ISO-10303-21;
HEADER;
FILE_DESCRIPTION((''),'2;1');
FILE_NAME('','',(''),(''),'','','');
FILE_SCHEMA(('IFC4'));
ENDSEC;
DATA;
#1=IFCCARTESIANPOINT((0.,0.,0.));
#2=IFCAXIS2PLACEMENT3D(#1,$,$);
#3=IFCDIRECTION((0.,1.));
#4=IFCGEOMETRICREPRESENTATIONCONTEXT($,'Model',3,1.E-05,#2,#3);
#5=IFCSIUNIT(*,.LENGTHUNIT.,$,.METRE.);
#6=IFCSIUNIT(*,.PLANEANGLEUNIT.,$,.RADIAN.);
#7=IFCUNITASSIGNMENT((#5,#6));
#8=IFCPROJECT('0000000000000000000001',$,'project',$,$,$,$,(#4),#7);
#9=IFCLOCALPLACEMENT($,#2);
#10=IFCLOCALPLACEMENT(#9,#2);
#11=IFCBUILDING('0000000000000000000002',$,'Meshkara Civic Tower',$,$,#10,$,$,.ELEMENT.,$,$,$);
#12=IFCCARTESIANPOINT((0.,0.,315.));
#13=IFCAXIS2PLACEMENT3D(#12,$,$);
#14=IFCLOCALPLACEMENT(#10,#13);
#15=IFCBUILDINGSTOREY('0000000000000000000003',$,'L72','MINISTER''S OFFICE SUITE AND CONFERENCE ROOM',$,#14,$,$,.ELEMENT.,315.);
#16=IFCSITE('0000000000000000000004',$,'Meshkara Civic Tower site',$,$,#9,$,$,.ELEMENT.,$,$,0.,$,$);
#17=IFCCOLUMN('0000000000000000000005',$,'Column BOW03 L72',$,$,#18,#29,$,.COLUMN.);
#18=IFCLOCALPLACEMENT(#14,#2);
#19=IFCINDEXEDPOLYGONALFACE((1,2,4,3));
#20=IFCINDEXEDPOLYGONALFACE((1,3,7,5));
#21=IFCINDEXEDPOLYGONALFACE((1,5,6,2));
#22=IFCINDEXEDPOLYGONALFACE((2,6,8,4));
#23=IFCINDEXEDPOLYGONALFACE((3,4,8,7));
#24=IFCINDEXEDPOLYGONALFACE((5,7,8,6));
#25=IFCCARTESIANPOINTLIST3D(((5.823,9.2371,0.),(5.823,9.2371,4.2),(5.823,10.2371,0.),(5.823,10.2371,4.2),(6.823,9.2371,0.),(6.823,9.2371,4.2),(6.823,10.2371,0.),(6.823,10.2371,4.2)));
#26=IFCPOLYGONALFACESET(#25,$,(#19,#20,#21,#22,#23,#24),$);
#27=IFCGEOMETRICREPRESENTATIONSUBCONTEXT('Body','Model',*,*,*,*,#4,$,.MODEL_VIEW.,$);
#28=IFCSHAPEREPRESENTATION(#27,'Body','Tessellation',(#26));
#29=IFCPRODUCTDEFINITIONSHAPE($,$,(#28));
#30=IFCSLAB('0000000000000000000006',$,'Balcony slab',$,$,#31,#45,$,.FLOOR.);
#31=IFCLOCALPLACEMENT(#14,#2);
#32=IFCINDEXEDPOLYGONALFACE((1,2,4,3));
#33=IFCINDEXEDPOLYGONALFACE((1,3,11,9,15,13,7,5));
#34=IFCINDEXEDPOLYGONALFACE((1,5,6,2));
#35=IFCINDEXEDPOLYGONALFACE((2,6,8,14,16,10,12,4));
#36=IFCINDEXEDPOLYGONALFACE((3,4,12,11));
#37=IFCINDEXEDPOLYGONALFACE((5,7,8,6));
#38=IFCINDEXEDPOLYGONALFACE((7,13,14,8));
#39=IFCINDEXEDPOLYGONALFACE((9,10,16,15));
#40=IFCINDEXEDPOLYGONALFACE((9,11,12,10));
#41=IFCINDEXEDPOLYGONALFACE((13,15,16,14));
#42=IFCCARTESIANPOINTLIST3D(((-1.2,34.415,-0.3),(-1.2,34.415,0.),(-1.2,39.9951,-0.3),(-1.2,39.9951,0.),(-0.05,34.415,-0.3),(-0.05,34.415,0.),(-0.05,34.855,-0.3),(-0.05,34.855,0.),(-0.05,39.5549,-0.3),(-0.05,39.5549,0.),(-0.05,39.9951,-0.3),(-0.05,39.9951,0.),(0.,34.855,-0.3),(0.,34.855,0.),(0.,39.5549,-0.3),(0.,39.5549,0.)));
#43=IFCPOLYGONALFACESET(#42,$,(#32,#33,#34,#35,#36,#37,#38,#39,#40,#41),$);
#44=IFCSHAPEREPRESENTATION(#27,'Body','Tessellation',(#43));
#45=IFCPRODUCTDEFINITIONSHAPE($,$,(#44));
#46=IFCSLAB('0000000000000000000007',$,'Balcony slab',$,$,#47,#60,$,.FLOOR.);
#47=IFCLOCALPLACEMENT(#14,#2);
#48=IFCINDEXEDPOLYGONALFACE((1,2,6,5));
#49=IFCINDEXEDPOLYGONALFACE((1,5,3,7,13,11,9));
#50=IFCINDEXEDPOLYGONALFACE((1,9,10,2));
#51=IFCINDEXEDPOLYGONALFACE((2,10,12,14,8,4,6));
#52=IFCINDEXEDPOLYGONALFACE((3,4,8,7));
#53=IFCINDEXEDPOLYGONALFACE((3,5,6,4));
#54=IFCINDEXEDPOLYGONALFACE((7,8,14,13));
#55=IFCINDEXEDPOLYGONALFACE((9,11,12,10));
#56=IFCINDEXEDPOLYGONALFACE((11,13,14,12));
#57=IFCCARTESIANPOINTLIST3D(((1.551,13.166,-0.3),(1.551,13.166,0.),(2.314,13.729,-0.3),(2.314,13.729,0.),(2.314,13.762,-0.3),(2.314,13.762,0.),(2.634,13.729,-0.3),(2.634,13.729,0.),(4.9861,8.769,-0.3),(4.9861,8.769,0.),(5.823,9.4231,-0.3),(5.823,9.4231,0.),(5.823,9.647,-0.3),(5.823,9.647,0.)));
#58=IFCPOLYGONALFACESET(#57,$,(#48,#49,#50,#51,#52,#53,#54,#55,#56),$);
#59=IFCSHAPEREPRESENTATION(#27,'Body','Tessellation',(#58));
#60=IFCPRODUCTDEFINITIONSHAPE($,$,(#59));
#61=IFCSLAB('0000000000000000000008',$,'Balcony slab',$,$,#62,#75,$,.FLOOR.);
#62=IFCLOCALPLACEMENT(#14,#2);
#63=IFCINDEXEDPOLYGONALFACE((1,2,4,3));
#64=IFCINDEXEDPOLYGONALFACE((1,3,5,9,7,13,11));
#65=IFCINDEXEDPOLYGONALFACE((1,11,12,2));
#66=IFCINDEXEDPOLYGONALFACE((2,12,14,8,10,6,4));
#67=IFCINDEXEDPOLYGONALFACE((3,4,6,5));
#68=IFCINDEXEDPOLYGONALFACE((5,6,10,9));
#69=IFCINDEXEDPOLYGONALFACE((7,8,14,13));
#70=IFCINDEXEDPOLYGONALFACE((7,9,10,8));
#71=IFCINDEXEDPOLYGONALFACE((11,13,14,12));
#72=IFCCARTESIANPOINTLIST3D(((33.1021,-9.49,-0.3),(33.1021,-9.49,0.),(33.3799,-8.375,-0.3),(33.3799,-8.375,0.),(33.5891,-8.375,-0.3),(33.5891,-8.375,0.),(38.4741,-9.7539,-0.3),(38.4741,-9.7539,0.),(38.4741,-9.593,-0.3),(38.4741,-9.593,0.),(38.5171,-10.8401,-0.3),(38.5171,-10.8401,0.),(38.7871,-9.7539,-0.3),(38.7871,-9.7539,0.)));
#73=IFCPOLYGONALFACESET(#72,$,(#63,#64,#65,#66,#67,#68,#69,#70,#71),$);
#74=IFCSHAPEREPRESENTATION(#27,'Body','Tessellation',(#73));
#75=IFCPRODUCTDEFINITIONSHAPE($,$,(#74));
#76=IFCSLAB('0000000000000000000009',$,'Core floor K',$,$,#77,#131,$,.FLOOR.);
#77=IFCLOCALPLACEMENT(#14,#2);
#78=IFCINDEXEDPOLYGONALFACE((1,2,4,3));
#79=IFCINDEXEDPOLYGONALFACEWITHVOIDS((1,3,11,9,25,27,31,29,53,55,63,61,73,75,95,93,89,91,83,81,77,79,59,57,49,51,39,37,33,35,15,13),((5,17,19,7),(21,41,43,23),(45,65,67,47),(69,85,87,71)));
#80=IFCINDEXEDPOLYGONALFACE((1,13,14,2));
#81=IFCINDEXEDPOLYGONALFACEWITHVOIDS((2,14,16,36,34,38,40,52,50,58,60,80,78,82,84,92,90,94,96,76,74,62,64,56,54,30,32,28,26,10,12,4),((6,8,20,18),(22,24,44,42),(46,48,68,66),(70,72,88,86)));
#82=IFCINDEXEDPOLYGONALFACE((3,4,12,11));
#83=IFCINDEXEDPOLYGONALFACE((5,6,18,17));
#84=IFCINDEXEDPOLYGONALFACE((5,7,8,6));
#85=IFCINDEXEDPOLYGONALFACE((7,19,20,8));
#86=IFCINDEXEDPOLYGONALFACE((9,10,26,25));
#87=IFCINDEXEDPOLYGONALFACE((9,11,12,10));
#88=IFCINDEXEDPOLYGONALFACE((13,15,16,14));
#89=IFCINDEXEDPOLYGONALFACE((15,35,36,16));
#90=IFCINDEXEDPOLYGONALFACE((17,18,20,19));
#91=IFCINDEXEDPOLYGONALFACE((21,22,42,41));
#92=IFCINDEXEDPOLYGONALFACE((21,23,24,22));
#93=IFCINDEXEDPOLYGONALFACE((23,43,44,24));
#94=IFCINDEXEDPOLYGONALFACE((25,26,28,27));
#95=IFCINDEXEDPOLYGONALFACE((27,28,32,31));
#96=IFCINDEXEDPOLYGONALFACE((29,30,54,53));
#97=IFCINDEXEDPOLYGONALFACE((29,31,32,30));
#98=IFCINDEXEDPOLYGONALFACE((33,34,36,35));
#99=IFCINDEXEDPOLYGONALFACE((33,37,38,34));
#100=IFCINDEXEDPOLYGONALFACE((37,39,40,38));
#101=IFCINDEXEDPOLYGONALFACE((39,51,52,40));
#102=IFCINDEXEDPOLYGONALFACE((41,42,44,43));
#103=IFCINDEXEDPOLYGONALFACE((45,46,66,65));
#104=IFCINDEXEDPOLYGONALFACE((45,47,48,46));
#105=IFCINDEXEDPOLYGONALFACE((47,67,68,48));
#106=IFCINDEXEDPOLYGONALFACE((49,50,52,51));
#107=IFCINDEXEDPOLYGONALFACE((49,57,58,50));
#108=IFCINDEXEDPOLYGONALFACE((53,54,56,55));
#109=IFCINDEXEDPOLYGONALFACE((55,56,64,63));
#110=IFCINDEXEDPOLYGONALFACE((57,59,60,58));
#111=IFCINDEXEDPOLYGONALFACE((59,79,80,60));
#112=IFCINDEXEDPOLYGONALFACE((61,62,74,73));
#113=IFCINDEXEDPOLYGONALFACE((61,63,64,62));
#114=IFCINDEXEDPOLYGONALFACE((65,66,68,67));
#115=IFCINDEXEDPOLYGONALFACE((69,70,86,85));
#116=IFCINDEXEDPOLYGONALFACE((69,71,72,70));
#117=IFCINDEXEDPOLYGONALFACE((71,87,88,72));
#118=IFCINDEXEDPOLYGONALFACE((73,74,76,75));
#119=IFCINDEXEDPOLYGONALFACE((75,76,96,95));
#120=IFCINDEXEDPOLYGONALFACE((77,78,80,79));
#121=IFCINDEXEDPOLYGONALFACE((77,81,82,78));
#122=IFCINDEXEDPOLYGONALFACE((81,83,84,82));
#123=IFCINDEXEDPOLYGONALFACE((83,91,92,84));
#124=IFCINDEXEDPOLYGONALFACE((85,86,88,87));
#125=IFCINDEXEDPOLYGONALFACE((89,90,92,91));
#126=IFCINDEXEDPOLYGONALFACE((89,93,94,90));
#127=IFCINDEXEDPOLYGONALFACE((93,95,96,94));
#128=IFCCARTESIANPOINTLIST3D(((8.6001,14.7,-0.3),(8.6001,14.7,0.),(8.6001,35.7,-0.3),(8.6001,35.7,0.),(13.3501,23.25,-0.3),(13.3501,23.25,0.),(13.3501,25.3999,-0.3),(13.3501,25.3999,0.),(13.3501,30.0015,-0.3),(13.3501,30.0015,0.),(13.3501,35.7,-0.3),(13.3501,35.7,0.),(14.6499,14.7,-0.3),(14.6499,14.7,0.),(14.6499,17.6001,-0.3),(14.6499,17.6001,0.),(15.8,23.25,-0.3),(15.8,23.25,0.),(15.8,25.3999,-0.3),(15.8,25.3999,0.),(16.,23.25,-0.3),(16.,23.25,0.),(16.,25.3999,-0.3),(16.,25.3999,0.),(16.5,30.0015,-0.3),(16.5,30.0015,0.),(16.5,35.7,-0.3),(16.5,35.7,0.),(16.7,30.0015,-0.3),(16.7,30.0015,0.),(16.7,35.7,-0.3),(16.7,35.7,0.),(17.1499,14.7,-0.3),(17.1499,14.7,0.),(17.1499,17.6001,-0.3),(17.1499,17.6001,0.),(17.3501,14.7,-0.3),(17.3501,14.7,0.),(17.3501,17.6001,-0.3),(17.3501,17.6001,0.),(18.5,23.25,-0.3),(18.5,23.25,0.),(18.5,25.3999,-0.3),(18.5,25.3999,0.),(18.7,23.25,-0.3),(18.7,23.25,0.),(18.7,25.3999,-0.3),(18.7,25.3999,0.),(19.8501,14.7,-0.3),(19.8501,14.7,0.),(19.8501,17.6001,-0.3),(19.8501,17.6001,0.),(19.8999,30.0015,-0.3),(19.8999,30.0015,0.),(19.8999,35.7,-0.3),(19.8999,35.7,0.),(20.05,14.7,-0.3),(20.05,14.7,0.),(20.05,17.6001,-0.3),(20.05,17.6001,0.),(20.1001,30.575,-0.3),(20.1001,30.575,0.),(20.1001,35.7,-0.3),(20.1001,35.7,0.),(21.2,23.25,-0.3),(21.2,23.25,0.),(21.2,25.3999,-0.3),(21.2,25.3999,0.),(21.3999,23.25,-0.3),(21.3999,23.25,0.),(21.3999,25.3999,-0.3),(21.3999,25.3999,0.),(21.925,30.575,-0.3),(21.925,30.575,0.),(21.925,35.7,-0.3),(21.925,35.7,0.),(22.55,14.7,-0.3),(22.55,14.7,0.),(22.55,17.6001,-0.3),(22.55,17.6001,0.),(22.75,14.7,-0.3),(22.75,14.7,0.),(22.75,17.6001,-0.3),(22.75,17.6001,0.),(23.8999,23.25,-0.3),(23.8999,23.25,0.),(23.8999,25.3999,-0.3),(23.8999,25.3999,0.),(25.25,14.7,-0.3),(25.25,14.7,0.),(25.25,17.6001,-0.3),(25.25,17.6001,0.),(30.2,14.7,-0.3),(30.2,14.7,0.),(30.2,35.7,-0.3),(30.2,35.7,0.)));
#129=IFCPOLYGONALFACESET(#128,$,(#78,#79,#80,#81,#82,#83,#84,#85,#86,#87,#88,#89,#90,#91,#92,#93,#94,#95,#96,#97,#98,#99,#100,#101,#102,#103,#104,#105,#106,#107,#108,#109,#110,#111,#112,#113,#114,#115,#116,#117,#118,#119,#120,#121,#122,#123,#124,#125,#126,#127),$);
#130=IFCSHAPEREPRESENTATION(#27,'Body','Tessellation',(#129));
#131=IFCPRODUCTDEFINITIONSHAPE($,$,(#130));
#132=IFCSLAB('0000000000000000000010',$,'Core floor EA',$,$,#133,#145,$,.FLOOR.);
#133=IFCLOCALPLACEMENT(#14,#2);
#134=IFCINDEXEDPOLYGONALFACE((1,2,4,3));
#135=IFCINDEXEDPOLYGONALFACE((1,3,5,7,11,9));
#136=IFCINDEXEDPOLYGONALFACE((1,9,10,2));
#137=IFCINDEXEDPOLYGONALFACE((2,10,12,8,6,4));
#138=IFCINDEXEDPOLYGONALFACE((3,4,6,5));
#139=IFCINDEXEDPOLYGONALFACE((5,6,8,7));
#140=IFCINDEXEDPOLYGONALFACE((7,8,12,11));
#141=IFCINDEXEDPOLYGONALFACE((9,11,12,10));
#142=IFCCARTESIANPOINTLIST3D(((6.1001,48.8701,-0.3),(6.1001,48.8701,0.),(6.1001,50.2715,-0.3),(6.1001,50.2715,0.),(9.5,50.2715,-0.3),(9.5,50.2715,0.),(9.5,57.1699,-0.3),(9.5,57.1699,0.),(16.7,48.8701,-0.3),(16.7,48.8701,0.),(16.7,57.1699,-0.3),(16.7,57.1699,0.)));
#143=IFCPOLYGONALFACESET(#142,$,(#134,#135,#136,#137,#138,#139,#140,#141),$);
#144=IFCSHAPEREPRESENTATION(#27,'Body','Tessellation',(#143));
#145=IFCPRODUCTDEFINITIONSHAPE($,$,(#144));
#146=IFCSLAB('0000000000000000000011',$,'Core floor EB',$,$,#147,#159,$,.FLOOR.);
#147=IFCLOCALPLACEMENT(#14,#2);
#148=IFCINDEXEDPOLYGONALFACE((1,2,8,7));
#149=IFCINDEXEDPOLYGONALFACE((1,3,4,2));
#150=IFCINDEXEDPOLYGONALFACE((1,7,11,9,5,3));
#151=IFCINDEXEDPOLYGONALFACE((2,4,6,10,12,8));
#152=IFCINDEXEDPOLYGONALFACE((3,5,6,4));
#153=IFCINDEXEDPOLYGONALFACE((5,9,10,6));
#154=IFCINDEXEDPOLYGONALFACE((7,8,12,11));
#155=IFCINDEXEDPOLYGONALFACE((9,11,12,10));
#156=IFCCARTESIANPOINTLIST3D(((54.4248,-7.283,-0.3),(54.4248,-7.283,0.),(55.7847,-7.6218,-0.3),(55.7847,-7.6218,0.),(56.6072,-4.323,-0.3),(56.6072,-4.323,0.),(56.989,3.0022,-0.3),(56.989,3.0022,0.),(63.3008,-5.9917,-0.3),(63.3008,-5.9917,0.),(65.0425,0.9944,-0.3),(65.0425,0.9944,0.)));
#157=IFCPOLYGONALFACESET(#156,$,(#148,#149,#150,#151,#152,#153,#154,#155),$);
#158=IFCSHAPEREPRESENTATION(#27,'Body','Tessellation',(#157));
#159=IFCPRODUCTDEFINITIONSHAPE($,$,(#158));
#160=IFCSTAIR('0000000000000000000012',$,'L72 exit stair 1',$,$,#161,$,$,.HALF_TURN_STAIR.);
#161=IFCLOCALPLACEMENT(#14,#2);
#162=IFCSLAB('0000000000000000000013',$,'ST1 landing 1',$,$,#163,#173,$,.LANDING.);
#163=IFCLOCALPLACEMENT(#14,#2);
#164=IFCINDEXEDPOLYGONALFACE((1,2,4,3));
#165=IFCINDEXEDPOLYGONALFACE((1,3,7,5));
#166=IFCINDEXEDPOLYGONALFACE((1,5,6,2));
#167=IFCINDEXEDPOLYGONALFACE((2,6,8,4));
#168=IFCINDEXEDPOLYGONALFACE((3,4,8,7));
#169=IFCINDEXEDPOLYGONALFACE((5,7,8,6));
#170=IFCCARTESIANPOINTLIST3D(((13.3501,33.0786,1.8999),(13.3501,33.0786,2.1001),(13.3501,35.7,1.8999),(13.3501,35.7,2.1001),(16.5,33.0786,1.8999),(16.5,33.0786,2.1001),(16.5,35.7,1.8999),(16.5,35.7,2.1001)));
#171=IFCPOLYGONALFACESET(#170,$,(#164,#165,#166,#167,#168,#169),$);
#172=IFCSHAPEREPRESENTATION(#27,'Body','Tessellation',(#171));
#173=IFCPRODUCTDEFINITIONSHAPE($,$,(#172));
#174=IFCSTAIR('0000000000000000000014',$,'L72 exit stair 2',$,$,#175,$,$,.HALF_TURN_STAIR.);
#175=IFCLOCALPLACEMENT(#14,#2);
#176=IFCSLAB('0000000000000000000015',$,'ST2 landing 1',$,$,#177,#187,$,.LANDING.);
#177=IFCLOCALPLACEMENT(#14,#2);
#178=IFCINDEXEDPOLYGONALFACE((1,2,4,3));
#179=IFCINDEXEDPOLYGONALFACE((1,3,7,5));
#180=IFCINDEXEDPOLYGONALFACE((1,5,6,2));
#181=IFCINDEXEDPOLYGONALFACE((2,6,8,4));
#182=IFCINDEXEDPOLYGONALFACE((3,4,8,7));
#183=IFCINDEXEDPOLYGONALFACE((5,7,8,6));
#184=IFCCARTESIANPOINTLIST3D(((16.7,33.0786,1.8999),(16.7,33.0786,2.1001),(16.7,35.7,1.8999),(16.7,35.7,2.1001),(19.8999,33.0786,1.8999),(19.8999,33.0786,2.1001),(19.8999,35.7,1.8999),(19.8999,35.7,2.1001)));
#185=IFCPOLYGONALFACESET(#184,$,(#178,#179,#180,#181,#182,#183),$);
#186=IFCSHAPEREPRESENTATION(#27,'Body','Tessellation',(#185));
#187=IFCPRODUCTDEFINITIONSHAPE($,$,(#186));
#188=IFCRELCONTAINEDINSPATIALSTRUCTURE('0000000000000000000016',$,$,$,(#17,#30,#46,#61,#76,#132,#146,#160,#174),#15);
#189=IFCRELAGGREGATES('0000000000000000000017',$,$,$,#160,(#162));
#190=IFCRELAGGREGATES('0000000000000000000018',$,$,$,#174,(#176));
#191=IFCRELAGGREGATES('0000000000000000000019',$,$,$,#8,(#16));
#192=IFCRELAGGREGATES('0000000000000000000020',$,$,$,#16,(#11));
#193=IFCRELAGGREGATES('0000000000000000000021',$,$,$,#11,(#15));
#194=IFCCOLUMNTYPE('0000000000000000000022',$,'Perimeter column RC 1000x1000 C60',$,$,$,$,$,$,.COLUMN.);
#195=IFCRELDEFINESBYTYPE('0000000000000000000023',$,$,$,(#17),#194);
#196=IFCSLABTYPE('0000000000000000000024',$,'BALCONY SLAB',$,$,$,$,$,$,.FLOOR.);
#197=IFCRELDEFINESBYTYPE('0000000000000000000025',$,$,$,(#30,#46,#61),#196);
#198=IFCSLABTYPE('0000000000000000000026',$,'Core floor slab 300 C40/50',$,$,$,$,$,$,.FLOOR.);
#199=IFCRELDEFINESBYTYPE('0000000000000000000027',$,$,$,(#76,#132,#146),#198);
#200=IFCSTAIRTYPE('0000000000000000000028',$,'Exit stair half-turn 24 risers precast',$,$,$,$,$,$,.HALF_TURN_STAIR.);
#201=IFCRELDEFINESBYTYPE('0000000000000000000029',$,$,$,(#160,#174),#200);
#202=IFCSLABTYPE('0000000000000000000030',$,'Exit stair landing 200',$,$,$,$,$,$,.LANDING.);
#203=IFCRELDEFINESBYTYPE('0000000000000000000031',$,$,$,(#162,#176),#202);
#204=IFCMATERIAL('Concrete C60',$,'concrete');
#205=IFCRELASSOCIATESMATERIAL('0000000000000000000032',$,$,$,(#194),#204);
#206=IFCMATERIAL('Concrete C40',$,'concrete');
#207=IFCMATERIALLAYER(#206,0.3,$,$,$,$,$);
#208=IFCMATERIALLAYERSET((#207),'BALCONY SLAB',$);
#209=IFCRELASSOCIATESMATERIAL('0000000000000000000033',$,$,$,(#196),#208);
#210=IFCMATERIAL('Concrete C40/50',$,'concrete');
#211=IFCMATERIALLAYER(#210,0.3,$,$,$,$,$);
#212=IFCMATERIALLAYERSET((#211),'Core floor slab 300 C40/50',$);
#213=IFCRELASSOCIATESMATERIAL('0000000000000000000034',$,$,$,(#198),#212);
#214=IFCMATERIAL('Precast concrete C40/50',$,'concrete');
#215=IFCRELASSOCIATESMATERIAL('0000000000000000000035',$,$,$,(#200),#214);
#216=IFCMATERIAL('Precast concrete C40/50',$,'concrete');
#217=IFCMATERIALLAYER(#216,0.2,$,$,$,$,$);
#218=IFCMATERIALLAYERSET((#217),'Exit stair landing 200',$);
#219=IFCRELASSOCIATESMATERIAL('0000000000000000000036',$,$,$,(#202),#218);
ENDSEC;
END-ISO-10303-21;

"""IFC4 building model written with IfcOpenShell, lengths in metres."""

from ifc_helpers import new_model, si_unit, direction, frame, origin, origin_2d, place, context, subcontext, project, spatial, polyline, rectangle, outline, extrude, material, layer, layer_set, material_profile, profile_set, type_object, element, aggregate, save


model = new_model("IFC4")

# Units and contexts
model_context = context("Model", 3, precision=1e-05, world=origin(), true_north=direction((0.0, 1.0)))
body_context = subcontext(model_context, "Body", "Model", "MODEL_VIEW")
ifc_project = project(units=[si_unit("LENGTHUNIT", "METRE"), si_unit("PLANEANGLEUNIT", "RADIAN")], contexts=[model_context])

# Site, building, storey
site_placement = place(None, origin())
site = spatial("IfcSite", under=ifc_project, at=site_placement, Name="Meshkara Civic Tower site", CompositionType="ELEMENT", RefElevation=0.0)
building_placement = place(site_placement, origin())
building = spatial("IfcBuilding", under=site, at=building_placement, Name="Meshkara Civic Tower", CompositionType="ELEMENT")
storey_placement = place(building_placement, frame((0.0, 0.0, 315.0)))
storey = spatial("IfcBuildingStorey", under=building, at=storey_placement, Name="L72", Description="MINISTER'S OFFICE SUITE AND CONFERENCE ROOM", CompositionType="ELEMENT", Elevation=315.0)

# Column
ifc_material_1 = material(Name="Concrete C60", Category="concrete")
ifc_material_profile = material_profile(ifc_material_1, rectangle(XDim=1.0, YDim=1.0, at=origin_2d()))
ifc_profile_set = profile_set([ifc_material_profile], Name="Concrete C60")
column_type = type_object("IfcColumnType", Name="Perimeter column RC 1000x1000 C60", PredefinedType="COLUMN", material=ifc_profile_set)
column_placement = place(storey_placement, frame((6.323, 9.7371, 0.0), z_axis=(0.0, 0.0, 1.0), x_axis=(1.0, 0.0, 0.0)))
element("IfcColumn", 1, at=column_placement, inside=storey, type_object=column_type, Name="Column BOW03 L72", PredefinedType="COLUMN", context=body_context, shape_type="SweptSolid", body=[
    extrude(rectangle(XDim=1.0, YDim=1.0, at=origin_2d()), origin(), (0.0, 0.0, 1.0), 4.2),
])

# Slabs
ifc_material_2 = material(Name="Concrete C40", Category="concrete")
ifc_layer_1 = layer(ifc_material_2, 0.3)
ifc_layer_set_1 = layer_set([ifc_layer_1], Name="BALCONY SLAB")
slab_type_1 = type_object("IfcSlabType", Name="BALCONY SLAB", PredefinedType="FLOOR", material=ifc_layer_set_1)
slab_1_placement = place(storey_placement, frame((0.0, 0.0, -0.3)))
element("IfcSlab", 2, at=slab_1_placement, inside=storey, type_object=slab_type_1, Name="Balcony slab", PredefinedType="FLOOR", context=body_context, shape_type="SweptSolid", body=[
    extrude(outline(polyline([(-1.2, 34.415), (-1.2, 39.9951), (-0.05, 39.9951), (-0.05, 39.5549), (0.0, 39.5549), (0.0, 34.855), (-0.05, 34.855), (-0.05, 34.415), (-1.2, 34.415)])), origin(), (0.0, 0.0, 1.0), 0.3),
])
slab_2_placement = place(storey_placement, frame((0.0, 0.0, -0.3)))
element("IfcSlab", 3, at=slab_2_placement, inside=storey, type_object=slab_type_1, Name="Balcony slab", PredefinedType="FLOOR", context=body_context, shape_type="SweptSolid", body=[
    extrude(outline(polyline([(4.9861, 8.769), (1.551, 13.166), (2.314, 13.762), (2.314, 13.729), (2.634, 13.729), (5.823, 9.647), (5.823, 9.4231), (4.9861, 8.769)])), origin(), (0.0, 0.0, 1.0), 0.3),
])
slab_3_placement = place(storey_placement, frame((0.0, 0.0, -0.3)))
element("IfcSlab", 4, at=slab_3_placement, inside=storey, type_object=slab_type_1, Name="Balcony slab", PredefinedType="FLOOR", context=body_context, shape_type="SweptSolid", body=[
    extrude(outline(polyline([(38.5171, -10.8401), (33.1021, -9.49), (33.3799, -8.375), (33.5891, -8.375), (38.4741, -9.593), (38.4741, -9.7539), (38.7871, -9.7539), (38.5171, -10.8401)])), origin(), (0.0, 0.0, 1.0), 0.3),
])
ifc_material_3 = material(Name="Concrete C40/50", Category="concrete")
ifc_layer_2 = layer(ifc_material_3, 0.3)
ifc_layer_set_2 = layer_set([ifc_layer_2], Name="Core floor slab 300 C40/50")
slab_type_2 = type_object("IfcSlabType", Name="Core floor slab 300 C40/50", PredefinedType="FLOOR", material=ifc_layer_set_2)
slab_4_placement = place(storey_placement, frame((0.0, 0.0, -0.3)))
element("IfcSlab", 5, at=slab_4_placement, inside=storey, type_object=slab_type_2, Name="Core floor K", PredefinedType="FLOOR", context=body_context, shape_type="SweptSolid", body=[
    extrude(outline(polyline([(8.6001, 35.7), (13.3501, 35.7), (13.3501, 30.0015), (16.5, 30.0015), (16.5, 35.7), (16.7, 35.7), (16.7, 30.0015), (19.8999, 30.0015), (19.8999, 35.7), (20.1001, 35.7), (20.1001, 30.575), (21.925, 30.575), (21.925, 35.7), (30.2, 35.7), (30.2, 14.7), (25.25, 14.7), (25.25, 17.6001), (22.75, 17.6001), (22.75, 14.7), (22.55, 14.7), (22.55, 17.6001), (20.05, 17.6001), (20.05, 14.7), (19.8501, 14.7), (19.8501, 17.6001), (17.3501, 17.6001), (17.3501, 14.7), (17.1499, 14.7), (17.1499, 17.6001), (14.6499, 17.6001), (14.6499, 14.7), (8.6001, 14.7), (8.6001, 35.7)]), holes=[polyline([(13.3501, 23.25), (15.8, 23.25), (15.8, 25.3999), (13.3501, 25.3999), (13.3501, 23.25)]), polyline([(18.5, 23.25), (18.5, 25.3999), (16.0, 25.3999), (16.0, 23.25), (18.5, 23.25)]), polyline([(18.7, 23.25), (21.2, 23.25), (21.2, 25.3999), (18.7, 25.3999), (18.7, 23.25)]), polyline([(21.3999, 23.25), (23.8999, 23.25), (23.8999, 25.3999), (21.3999, 25.3999), (21.3999, 23.25)])]), origin(), (0.0, 0.0, 1.0), 0.3),
])
slab_5_placement = place(storey_placement, frame((0.0, 0.0, -0.3)))
element("IfcSlab", 6, at=slab_5_placement, inside=storey, type_object=slab_type_2, Name="Core floor EA", PredefinedType="FLOOR", context=body_context, shape_type="SweptSolid", body=[
    extrude(outline(polyline([(16.7, 48.8701), (16.7, 57.1699), (9.5, 57.1699), (9.5, 50.2715), (6.1001, 50.2715), (6.1001, 48.8701), (16.7, 48.8701)])), origin(), (0.0, 0.0, 1.0), 0.3),
])
slab_6_placement = place(storey_placement, frame((0.0, 0.0, -0.3)))
element("IfcSlab", 7, at=slab_6_placement, inside=storey, type_object=slab_type_2, Name="Core floor EB", PredefinedType="FLOOR", context=body_context, shape_type="SweptSolid", body=[
    extrude(outline(polyline([(56.989, 3.0022), (65.0425, 0.9944), (63.3008, -5.9917), (56.6072, -4.323), (55.7847, -7.6218), (54.4248, -7.283), (56.989, 3.0022)])), origin(), (0.0, 0.0, 1.0), 0.3),
])

# Stairs, slabs
ifc_material_4 = material(Name="Precast concrete C40/50", Category="concrete")
stair_type = type_object("IfcStairType", Name="Exit stair half-turn 24 risers precast", PredefinedType="HALF_TURN_STAIR", material=ifc_material_4)
stair_1_placement = place(storey_placement, origin())
stair_1 = element("IfcStair", 8, at=stair_1_placement, inside=storey, type_object=stair_type, Name="L72 exit stair 1", PredefinedType="HALF_TURN_STAIR")
ifc_material_5 = material(Name="Precast concrete C40/50", Category="concrete")
ifc_layer_3 = layer(ifc_material_5, 0.2)
ifc_layer_set_3 = layer_set([ifc_layer_3], Name="Exit stair landing 200")
slab_type_3 = type_object("IfcSlabType", Name="Exit stair landing 200", PredefinedType="LANDING", material=ifc_layer_set_3)
slab_7_placement = place(storey_placement, frame((0.0, 0.0, 1.8999)))
slab_7 = element("IfcSlab", 9, at=slab_7_placement, type_object=slab_type_3, Name="ST1 landing 1", PredefinedType="LANDING", context=body_context, shape_type="SweptSolid", body=[
    extrude(outline(polyline([(16.5, 33.0786), (16.5, 35.7), (13.3501, 35.7), (13.3501, 33.0786), (16.5, 33.0786)])), origin(), (0.0, 0.0, 1.0), 0.2002),
])
aggregate(stair_1, [slab_7])
stair_2_placement = place(storey_placement, origin())
stair_2 = element("IfcStair", 10, at=stair_2_placement, inside=storey, type_object=stair_type, Name="L72 exit stair 2", PredefinedType="HALF_TURN_STAIR")
slab_8_placement = place(storey_placement, frame((0.0, 0.0, 1.8999)))
slab_8 = element("IfcSlab", 11, at=slab_8_placement, type_object=slab_type_3, Name="ST2 landing 1", PredefinedType="LANDING", context=body_context, shape_type="SweptSolid", body=[
    extrude(outline(polyline([(19.8999, 33.0786), (19.8999, 35.7), (16.7, 35.7), (16.7, 33.0786), (19.8999, 33.0786)])), origin(), (0.0, 0.0, 1.0), 0.2002),
])
aggregate(stair_2, [slab_8])

save(model, "model.ifc")
